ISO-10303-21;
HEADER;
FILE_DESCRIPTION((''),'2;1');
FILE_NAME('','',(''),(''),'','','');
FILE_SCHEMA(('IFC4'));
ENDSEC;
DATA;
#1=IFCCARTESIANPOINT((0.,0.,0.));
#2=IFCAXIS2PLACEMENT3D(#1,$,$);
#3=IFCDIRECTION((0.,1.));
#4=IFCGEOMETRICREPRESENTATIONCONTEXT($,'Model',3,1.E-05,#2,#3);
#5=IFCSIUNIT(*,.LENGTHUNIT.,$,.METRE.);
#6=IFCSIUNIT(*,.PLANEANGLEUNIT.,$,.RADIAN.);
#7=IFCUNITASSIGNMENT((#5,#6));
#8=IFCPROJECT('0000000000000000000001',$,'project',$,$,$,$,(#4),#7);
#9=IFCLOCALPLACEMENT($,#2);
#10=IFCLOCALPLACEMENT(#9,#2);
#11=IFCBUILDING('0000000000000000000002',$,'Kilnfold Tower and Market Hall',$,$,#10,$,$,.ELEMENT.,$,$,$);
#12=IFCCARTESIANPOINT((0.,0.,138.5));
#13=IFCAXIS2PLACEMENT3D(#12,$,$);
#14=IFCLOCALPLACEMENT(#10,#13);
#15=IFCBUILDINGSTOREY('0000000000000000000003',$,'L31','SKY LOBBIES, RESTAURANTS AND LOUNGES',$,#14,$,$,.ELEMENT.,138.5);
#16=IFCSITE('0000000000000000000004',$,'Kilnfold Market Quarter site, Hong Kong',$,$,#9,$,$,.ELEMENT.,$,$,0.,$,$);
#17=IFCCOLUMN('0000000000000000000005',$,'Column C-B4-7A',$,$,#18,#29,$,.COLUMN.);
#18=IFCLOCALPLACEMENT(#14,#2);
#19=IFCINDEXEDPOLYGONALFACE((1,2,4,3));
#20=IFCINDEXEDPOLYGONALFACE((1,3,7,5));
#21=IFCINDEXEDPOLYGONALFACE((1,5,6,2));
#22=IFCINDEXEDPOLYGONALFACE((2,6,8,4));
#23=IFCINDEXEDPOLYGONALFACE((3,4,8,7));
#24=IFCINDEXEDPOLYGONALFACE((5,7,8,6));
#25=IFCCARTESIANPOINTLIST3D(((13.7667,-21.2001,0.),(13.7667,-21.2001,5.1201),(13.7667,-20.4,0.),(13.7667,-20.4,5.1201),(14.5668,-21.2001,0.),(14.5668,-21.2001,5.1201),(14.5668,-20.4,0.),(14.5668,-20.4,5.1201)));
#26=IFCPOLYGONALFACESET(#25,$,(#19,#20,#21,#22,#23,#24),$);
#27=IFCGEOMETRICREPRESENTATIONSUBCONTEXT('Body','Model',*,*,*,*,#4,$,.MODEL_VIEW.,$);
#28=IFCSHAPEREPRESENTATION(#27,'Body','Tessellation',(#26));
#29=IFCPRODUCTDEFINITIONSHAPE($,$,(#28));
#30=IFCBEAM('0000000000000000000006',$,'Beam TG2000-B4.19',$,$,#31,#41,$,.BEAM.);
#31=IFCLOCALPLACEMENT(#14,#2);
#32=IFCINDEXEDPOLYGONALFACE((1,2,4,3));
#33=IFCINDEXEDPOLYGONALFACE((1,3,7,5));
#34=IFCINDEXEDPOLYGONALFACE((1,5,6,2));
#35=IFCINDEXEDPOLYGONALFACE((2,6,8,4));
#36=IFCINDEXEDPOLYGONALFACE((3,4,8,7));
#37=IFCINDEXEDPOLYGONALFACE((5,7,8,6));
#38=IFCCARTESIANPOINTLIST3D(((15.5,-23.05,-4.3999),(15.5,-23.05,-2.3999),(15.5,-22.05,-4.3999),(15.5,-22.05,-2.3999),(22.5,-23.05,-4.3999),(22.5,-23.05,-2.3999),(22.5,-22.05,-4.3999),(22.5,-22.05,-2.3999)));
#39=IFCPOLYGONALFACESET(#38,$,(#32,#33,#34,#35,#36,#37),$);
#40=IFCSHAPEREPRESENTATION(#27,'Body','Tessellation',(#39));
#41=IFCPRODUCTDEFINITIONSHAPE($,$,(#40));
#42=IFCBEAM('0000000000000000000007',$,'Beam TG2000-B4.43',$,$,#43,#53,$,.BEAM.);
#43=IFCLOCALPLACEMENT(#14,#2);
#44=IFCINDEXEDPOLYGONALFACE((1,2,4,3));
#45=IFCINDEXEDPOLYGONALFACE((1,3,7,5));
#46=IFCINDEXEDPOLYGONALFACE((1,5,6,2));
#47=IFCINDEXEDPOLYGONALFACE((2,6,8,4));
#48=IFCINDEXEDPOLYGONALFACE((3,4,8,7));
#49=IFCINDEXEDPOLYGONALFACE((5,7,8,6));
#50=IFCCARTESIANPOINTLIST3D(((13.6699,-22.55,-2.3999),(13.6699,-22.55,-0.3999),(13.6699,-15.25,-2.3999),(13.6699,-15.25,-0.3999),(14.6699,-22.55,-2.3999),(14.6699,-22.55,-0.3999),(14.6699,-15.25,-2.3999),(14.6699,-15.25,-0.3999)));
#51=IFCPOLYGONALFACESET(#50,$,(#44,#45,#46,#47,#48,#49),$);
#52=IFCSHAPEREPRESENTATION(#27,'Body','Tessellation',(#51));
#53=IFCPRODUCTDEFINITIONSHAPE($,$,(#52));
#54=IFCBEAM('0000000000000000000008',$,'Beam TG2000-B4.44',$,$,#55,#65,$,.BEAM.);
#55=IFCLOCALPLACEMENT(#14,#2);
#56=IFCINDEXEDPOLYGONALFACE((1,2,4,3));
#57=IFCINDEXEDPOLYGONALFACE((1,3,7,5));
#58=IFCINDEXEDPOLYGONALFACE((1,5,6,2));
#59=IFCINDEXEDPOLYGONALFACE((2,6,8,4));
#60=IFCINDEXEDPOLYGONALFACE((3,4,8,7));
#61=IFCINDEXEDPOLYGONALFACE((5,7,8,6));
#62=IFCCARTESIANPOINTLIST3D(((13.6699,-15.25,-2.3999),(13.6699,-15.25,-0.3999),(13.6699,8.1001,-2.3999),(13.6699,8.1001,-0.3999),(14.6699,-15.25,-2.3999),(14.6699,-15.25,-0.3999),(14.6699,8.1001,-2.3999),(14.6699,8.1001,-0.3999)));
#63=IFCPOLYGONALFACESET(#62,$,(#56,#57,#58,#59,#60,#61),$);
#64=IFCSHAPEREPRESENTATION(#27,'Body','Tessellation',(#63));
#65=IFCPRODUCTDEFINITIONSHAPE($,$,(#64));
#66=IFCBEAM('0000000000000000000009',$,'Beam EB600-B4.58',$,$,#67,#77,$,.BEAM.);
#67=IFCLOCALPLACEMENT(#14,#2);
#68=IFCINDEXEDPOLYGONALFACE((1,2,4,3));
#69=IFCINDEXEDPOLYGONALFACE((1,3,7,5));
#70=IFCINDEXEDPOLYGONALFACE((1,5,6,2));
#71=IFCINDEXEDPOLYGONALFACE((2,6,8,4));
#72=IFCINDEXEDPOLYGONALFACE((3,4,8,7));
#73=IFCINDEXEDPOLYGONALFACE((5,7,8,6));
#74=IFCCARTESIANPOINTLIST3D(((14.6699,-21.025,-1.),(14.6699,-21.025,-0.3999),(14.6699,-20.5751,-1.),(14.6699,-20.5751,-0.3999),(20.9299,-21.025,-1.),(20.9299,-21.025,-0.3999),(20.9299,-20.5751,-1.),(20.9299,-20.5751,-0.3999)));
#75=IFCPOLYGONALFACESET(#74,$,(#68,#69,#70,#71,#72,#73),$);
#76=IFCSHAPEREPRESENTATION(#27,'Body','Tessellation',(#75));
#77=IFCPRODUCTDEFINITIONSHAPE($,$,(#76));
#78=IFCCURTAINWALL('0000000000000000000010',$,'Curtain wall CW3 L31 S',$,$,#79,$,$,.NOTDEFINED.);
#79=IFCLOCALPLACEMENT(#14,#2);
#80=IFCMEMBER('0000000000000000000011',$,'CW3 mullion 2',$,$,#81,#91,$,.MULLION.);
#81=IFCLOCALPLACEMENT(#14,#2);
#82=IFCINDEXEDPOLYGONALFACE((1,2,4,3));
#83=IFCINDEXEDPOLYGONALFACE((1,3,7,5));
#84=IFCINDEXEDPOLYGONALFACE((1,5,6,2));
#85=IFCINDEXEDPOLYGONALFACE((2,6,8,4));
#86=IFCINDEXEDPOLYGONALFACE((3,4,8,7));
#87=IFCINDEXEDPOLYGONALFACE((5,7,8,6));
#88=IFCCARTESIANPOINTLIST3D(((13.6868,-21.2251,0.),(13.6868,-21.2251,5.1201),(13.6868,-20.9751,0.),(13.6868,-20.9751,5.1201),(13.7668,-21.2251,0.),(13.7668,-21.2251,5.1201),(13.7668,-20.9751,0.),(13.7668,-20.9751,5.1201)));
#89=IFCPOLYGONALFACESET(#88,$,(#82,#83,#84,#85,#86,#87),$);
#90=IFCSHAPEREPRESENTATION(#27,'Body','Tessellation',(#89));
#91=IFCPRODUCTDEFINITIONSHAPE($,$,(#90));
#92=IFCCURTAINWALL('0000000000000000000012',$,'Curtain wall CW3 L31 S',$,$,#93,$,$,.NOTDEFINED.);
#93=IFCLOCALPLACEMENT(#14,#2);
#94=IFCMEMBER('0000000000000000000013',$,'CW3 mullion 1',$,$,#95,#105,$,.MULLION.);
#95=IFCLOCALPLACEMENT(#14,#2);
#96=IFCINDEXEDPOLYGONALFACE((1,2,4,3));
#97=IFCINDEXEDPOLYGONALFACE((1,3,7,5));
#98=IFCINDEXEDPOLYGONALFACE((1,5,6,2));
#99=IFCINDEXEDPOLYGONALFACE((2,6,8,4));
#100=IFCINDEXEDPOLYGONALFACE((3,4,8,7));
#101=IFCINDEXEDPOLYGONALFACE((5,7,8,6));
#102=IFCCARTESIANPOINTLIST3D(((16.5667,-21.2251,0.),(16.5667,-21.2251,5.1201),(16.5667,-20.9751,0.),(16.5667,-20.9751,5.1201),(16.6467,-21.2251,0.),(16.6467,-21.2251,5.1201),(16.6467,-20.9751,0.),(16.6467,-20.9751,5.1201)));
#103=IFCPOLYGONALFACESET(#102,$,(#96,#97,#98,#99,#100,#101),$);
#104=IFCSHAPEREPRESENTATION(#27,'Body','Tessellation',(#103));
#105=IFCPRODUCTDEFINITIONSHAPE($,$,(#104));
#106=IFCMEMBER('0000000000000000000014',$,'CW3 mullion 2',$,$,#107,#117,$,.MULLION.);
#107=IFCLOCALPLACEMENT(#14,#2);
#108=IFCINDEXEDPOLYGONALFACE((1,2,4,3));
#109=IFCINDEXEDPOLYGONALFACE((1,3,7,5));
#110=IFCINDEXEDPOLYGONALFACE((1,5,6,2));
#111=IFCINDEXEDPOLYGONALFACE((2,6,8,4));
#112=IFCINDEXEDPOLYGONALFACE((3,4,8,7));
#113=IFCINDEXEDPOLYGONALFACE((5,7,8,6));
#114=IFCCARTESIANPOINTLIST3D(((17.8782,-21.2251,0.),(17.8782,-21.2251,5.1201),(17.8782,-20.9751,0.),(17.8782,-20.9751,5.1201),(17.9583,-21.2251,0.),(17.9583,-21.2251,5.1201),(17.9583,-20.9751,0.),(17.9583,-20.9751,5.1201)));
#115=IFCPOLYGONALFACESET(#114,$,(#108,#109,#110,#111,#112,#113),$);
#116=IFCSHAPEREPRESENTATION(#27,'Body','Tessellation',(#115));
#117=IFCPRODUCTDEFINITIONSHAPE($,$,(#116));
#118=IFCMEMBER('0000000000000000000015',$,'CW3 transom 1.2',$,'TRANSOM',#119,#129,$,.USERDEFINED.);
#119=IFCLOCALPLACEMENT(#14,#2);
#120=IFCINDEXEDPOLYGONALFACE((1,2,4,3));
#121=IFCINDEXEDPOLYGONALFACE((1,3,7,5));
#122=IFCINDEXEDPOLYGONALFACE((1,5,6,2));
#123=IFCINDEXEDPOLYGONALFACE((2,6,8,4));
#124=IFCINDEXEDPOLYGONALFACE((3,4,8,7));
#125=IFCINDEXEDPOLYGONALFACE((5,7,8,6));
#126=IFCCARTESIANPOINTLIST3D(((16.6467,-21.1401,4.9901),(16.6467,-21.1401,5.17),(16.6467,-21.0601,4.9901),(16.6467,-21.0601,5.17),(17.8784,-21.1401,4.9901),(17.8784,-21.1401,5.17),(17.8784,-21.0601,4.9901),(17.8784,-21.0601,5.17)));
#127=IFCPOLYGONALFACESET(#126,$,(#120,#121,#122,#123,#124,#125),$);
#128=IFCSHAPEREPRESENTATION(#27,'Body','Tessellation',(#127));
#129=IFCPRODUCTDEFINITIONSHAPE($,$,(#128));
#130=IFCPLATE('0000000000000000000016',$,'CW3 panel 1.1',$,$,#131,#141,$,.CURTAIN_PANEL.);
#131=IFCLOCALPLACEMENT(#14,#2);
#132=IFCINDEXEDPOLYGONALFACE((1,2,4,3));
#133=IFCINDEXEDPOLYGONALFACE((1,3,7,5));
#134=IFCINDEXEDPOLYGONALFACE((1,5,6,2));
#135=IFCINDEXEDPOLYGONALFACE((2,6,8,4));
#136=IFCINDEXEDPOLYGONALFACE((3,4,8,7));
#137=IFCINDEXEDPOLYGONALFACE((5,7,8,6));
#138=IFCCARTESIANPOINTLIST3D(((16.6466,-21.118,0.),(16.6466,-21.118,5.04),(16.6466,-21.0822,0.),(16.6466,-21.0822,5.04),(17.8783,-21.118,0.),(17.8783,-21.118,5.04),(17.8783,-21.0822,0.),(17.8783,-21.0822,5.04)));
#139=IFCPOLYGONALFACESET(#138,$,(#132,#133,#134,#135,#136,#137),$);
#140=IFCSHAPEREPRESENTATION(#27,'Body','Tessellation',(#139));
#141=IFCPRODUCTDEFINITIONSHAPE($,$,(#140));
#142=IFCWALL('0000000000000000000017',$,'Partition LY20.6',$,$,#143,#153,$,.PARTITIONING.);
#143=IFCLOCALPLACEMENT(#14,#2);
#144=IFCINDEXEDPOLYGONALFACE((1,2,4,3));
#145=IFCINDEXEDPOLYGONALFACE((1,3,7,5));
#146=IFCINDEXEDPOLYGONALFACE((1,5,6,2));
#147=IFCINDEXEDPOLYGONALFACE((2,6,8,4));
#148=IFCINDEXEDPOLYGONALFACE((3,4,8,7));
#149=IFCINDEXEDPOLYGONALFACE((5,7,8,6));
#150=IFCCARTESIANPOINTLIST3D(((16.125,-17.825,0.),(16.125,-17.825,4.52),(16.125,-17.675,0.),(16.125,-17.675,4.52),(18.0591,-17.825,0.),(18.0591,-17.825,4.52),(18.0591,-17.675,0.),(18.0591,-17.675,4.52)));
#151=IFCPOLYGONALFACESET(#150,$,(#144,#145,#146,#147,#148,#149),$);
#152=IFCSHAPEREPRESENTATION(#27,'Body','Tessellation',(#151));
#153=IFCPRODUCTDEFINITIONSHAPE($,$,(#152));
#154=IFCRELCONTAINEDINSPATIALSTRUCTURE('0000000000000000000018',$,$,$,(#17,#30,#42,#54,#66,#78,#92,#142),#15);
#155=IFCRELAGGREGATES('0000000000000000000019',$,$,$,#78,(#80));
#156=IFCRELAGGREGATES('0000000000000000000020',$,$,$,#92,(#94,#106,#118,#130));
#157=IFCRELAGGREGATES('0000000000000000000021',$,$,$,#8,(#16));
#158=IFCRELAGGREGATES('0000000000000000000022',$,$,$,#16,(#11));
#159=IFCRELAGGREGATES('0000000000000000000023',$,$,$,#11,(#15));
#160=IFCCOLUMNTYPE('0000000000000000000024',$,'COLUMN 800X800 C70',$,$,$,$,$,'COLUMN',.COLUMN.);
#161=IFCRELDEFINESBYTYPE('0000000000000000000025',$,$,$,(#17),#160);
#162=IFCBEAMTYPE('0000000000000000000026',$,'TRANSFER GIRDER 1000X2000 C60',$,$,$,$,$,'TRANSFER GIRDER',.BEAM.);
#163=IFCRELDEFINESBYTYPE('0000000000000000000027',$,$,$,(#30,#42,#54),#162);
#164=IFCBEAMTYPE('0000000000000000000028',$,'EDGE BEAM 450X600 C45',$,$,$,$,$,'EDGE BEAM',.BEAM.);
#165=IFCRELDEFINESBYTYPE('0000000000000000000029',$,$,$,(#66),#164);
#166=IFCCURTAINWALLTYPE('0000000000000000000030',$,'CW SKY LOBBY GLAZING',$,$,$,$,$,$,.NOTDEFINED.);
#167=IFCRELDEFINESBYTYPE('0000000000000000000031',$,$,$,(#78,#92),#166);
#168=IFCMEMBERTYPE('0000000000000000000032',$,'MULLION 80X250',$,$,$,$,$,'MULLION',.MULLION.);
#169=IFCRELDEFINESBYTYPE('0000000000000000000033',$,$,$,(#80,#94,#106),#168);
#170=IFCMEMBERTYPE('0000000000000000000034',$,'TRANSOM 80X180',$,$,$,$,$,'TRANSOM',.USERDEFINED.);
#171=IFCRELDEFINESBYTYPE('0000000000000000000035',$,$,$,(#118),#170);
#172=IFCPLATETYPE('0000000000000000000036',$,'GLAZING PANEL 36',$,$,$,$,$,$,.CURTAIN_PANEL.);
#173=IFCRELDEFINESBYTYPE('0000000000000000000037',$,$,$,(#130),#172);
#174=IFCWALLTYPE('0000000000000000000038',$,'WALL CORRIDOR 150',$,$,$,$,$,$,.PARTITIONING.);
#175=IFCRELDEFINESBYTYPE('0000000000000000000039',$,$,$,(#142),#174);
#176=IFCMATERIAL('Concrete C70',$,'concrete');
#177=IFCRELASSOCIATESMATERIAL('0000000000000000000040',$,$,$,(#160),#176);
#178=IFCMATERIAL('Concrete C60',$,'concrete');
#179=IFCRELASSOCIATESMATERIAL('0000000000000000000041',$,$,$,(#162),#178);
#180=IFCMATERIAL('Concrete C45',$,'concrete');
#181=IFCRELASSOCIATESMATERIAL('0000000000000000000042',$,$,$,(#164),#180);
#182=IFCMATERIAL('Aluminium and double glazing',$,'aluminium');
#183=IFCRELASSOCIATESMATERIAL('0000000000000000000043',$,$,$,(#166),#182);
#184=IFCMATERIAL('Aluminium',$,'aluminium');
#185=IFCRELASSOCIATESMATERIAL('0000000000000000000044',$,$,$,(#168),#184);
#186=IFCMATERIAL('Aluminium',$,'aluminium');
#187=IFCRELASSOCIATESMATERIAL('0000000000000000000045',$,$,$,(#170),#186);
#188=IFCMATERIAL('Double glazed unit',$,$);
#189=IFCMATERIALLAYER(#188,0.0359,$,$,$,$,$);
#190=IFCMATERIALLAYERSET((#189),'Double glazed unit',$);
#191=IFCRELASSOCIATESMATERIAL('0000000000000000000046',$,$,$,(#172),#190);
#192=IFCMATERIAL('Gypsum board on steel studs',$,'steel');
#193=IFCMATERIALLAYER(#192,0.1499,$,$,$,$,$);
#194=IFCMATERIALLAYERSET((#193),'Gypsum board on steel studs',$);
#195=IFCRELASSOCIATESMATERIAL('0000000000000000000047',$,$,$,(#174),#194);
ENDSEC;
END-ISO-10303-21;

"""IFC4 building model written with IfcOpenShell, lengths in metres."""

from ifc_helpers import new_model, si_unit, direction, frame, frame_2d, origin, origin_2d, place, context, subcontext, project, spatial, rectangle, extrude, source, transform, mapped, material, layer, layer_set, material_profile, profile_set, type_object, element, aggregate, save


model = new_model("IFC4")

# Units and contexts
model_context = context("Model", 3, precision=1e-05, world=origin(), true_north=direction((0.0, 1.0)))
body_context = subcontext(model_context, "Body", "Model", "MODEL_VIEW")
ifc_project = project(units=[si_unit("LENGTHUNIT", "METRE"), si_unit("PLANEANGLEUNIT", "RADIAN")], contexts=[model_context])

# Site, building, storey
site_placement = place(None, origin())
site = spatial("IfcSite", under=ifc_project, at=site_placement, Name="Kilnfold Market Quarter site, Hong Kong", CompositionType="ELEMENT", RefElevation=0.0)
building_placement = place(site_placement, origin())
building = spatial("IfcBuilding", under=site, at=building_placement, Name="Kilnfold Tower and Market Hall", CompositionType="ELEMENT")
storey_placement = place(building_placement, frame((0.0, 0.0, 138.5)))
storey = spatial("IfcBuildingStorey", under=building, at=storey_placement, Name="L31", Description="SKY LOBBIES, RESTAURANTS AND LOUNGES", CompositionType="ELEMENT", Elevation=138.5)

# Column
ifc_material_1 = material(Name="Concrete C70", Category="concrete")
ifc_material_profile_1 = material_profile(ifc_material_1, rectangle(XDim=0.8, YDim=0.8, at=origin_2d()), Name="RC 800x800")
ifc_profile_set_1 = profile_set([ifc_material_profile_1], Name="Concrete C70")
column_type = type_object("IfcColumnType", Name="COLUMN 800X800 C70", ElementType="COLUMN", PredefinedType="COLUMN", material=ifc_profile_set_1)
shared_shape_1 = source(origin(), body_context, "Body", "SweptSolid", [
    extrude(rectangle(XDim=0.8, YDim=0.8, at=origin_2d()), origin(), (0.0, 0.0, 1.0), 5.1201),
])
column_placement = place(storey_placement, frame((14.1667, -20.8, 0.0), z_axis=(0.0, 0.0, 1.0), x_axis=(1.0, 0.0, 0.0)))
element("IfcColumn", 1, at=column_placement, inside=storey, type_object=column_type, Name="Column C-B4-7A", PredefinedType="COLUMN", context=body_context, shape_type="MappedRepresentation", body=[
    mapped(shared_shape_1, transform((0.0, 0.0, 0.0))),
])

# Beams
ifc_material_2 = material(Name="Concrete C60", Category="concrete")
ifc_material_profile_2 = material_profile(ifc_material_2, rectangle(XDim=1.0, YDim=2.0, at=origin_2d()), Name="RC 1000x2000")
ifc_profile_set_2 = profile_set([ifc_material_profile_2], Name="Concrete C60")
beam_type_1 = type_object("IfcBeamType", Name="TRANSFER GIRDER 1000X2000 C60", ElementType="TRANSFER GIRDER", PredefinedType="BEAM", material=ifc_profile_set_2)
shared_shape_2 = source(origin(), body_context, "Body", "SweptSolid", [
    extrude(rectangle(XDim=1.0, YDim=2.0, at=origin_2d()), origin(), (0.0, 0.0, 1.0), 7.0),
])
beam_1_placement = place(storey_placement, frame((15.5, -22.55, -3.3999), z_axis=(1.0, 0.0, 0.0), x_axis=(0.0, 1.0, 0.0)))
element("IfcBeam", 2, at=beam_1_placement, inside=storey, type_object=beam_type_1, Name="Beam TG2000-B4.19", PredefinedType="BEAM", context=body_context, shape_type="MappedRepresentation", body=[
    mapped(shared_shape_2, transform((0.0, 0.0, 0.0))),
])
shared_shape_3 = source(origin(), body_context, "Body", "SweptSolid", [
    extrude(rectangle(XDim=1.0, YDim=2.0, at=origin_2d()), origin(), (0.0, 0.0, 1.0), 7.3),
])
beam_2_placement = place(storey_placement, frame((14.1699, -22.55, -1.3999), z_axis=(0.0, 1.0, 0.0), x_axis=(-1.0, 0.0, 0.0)))
element("IfcBeam", 3, at=beam_2_placement, inside=storey, type_object=beam_type_1, Name="Beam TG2000-B4.43", PredefinedType="BEAM", context=body_context, shape_type="MappedRepresentation", body=[
    mapped(shared_shape_3, transform((0.0, 0.0, 0.0))),
])
shared_shape_4 = source(origin(), body_context, "Body", "SweptSolid", [
    extrude(rectangle(XDim=1.0, YDim=2.0, at=origin_2d()), origin(), (0.0, 0.0, 1.0), 23.3501),
])
beam_3_placement = place(storey_placement, frame((14.1699, -15.25, -1.3999), z_axis=(0.0, 1.0, 0.0), x_axis=(-1.0, 0.0, 0.0)))
element("IfcBeam", 4, at=beam_3_placement, inside=storey, type_object=beam_type_1, Name="Beam TG2000-B4.44", PredefinedType="BEAM", context=body_context, shape_type="MappedRepresentation", body=[
    mapped(shared_shape_4, transform((0.0, 0.0, 0.0))),
])
ifc_material_3 = material(Name="Concrete C45", Category="concrete")
ifc_material_profile_3 = material_profile(ifc_material_3, rectangle(XDim=0.45, YDim=0.6001, at=origin_2d()), Name="RC 450x600")
ifc_profile_set_3 = profile_set([ifc_material_profile_3], Name="Concrete C45")
beam_type_2 = type_object("IfcBeamType", Name="EDGE BEAM 450X600 C45", ElementType="EDGE BEAM", PredefinedType="BEAM", material=ifc_profile_set_3)
shared_shape_5 = source(origin(), body_context, "Body", "SweptSolid", [
    extrude(rectangle(XDim=0.45, YDim=0.6001, at=origin_2d()), origin(), (0.0, 0.0, 1.0), 6.26),
])
beam_4_placement = place(storey_placement, frame((14.6699, -20.8, -0.7), z_axis=(1.0, 0.0, 0.0), x_axis=(0.0, 1.0, 0.0)))
element("IfcBeam", 5, at=beam_4_placement, inside=storey, type_object=beam_type_2, Name="Beam EB600-B4.58", PredefinedType="BEAM", context=body_context, shape_type="MappedRepresentation", body=[
    mapped(shared_shape_5, transform((0.0, 0.0, 0.0))),
])

# Curtain wall, member
ifc_material_4 = material(Name="Aluminium and double glazing", Category="aluminium")
curtain_wall_type = type_object("IfcCurtainWallType", Name="CW SKY LOBBY GLAZING", PredefinedType="NOTDEFINED", material=ifc_material_4)
curtain_wall_1_placement = place(storey_placement, origin())
curtain_wall_1 = element("IfcCurtainWall", 6, at=curtain_wall_1_placement, inside=storey, type_object=curtain_wall_type, Name="Curtain wall CW3 L31 S", PredefinedType="NOTDEFINED")
ifc_material_5 = material(Name="Aluminium", Category="aluminium")
ifc_material_profile_4 = material_profile(ifc_material_5, rectangle(XDim=0.0801, YDim=0.25, at=origin_2d()), Name="MULLION 80x250")
ifc_profile_set_4 = profile_set([ifc_material_profile_4], Name="Aluminium")
member_type_1 = type_object("IfcMemberType", Name="MULLION 80X250", ElementType="MULLION", PredefinedType="MULLION", material=ifc_profile_set_4)
shared_shape_6 = source(origin(), body_context, "Body", "SweptSolid", [
    extrude(rectangle(XDim=0.0801, YDim=0.25, at=origin_2d()), origin(), (0.0, 0.0, 1.0), 5.1201),
])
member_1_placement = place(storey_placement, frame((13.7268, -21.1001, 0.0), z_axis=(0.0, 0.0, 1.0), x_axis=(1.0, 0.0, 0.0)))
member_1 = element("IfcMember", 7, at=member_1_placement, type_object=member_type_1, Name="CW3 mullion 2", PredefinedType="MULLION", context=body_context, shape_type="MappedRepresentation", body=[
    mapped(shared_shape_6, transform((0.0, 0.0, 0.0))),
])
aggregate(curtain_wall_1, [member_1])

# Curtain wall, members, plate
curtain_wall_2_placement = place(storey_placement, origin())
curtain_wall_2 = element("IfcCurtainWall", 8, at=curtain_wall_2_placement, inside=storey, type_object=curtain_wall_type, Name="Curtain wall CW3 L31 S", PredefinedType="NOTDEFINED")
member_2_placement = place(storey_placement, frame((16.6067, -21.1001, 0.0), z_axis=(0.0, 0.0, 1.0), x_axis=(1.0, 0.0, 0.0)))
member_2 = element("IfcMember", 9, at=member_2_placement, type_object=member_type_1, Name="CW3 mullion 1", PredefinedType="MULLION", context=body_context, shape_type="MappedRepresentation", body=[
    mapped(shared_shape_6, transform((0.0, 0.0, 0.0))),
])
member_3_placement = place(storey_placement, frame((17.9182, -21.1001, 0.0), z_axis=(0.0, 0.0, 1.0), x_axis=(1.0, 0.0, 0.0)))
member_3 = element("IfcMember", 10, at=member_3_placement, type_object=member_type_1, Name="CW3 mullion 2", PredefinedType="MULLION", context=body_context, shape_type="MappedRepresentation", body=[
    mapped(shared_shape_6, transform((0.0, 0.0, 0.0))),
])
ifc_material_6 = material(Name="Aluminium", Category="aluminium")
ifc_material_profile_5 = material_profile(ifc_material_6, rectangle(XDim=0.0801, YDim=0.1799, at=origin_2d()), Name="TRANSOM 80x180")
ifc_profile_set_5 = profile_set([ifc_material_profile_5], Name="Aluminium")
member_type_2 = type_object("IfcMemberType", Name="TRANSOM 80X180", ElementType="TRANSOM", PredefinedType="USERDEFINED", material=ifc_profile_set_5)
shared_shape_7 = source(origin(), body_context, "Body", "SweptSolid", [
    extrude(rectangle(XDim=0.0801, YDim=0.1799, at=origin_2d()), origin(), (0.0, 0.0, 1.0), 1.2317),
])
member_4_placement = place(storey_placement, frame((16.6467, -21.1001, 5.0801), z_axis=(1.0, 0.0, 0.0), x_axis=(0.0, 1.0, 0.0)))
member_4 = element("IfcMember", 11, at=member_4_placement, type_object=member_type_2, Name="CW3 transom 1.2", ObjectType="TRANSOM", PredefinedType="USERDEFINED", context=body_context, shape_type="MappedRepresentation", body=[
    mapped(shared_shape_7, transform((0.0, 0.0, 0.0))),
])
ifc_material_7 = material(Name="Double glazed unit")
ifc_layer_1 = layer(ifc_material_7, 0.0359)
ifc_layer_set_1 = layer_set([ifc_layer_1], Name="Double glazed unit")
plate_type = type_object("IfcPlateType", Name="GLAZING PANEL 36", PredefinedType="CURTAIN_PANEL", material=ifc_layer_set_1)
shared_shape_8 = source(origin(), body_context, "Body", "SweptSolid", [
    extrude(rectangle(XDim=1.2317, YDim=0.0359, at=origin_2d()), origin(), (0.0, 0.0, 1.0), 5.04),
])
plate_placement = place(storey_placement, frame((17.2625, -21.1001, 0.0), z_axis=(0.0, 0.0, 1.0), x_axis=(1.0, 0.0, 0.0)))
plate = element("IfcPlate", 12, at=plate_placement, type_object=plate_type, Name="CW3 panel 1.1", PredefinedType="CURTAIN_PANEL", context=body_context, shape_type="MappedRepresentation", body=[
    mapped(shared_shape_8, transform((0.0, 0.0, 0.0))),
])
aggregate(curtain_wall_2, [member_2, member_3, member_4, plate])

# Wall
ifc_material_8 = material(Name="Gypsum board on steel studs", Category="steel")
ifc_layer_2 = layer(ifc_material_8, 0.1499)
ifc_layer_set_2 = layer_set([ifc_layer_2], Name="Gypsum board on steel studs")
wall_type_1 = type_object("IfcWallType", Name="WALL CORRIDOR 150", PredefinedType="PARTITIONING", material=ifc_layer_set_2)
wall_1_placement = place(storey_placement, frame((16.125, -17.75, 0.0), z_axis=(0.0, 0.0, 1.0), x_axis=(1.0, 0.0, 0.0)))
element("IfcWall", 13, at=wall_1_placement, inside=storey, type_object=wall_type_1, Name="Partition LY20.6", PredefinedType="PARTITIONING", context=body_context, shape_type="SweptSolid", body=[
    extrude(rectangle(XDim=1.9341, YDim=0.1499, at=frame_2d((0.967, 0.0))), origin(), (0.0, 0.0, 1.0), 4.52),
])

save(model, "model.ifc")
